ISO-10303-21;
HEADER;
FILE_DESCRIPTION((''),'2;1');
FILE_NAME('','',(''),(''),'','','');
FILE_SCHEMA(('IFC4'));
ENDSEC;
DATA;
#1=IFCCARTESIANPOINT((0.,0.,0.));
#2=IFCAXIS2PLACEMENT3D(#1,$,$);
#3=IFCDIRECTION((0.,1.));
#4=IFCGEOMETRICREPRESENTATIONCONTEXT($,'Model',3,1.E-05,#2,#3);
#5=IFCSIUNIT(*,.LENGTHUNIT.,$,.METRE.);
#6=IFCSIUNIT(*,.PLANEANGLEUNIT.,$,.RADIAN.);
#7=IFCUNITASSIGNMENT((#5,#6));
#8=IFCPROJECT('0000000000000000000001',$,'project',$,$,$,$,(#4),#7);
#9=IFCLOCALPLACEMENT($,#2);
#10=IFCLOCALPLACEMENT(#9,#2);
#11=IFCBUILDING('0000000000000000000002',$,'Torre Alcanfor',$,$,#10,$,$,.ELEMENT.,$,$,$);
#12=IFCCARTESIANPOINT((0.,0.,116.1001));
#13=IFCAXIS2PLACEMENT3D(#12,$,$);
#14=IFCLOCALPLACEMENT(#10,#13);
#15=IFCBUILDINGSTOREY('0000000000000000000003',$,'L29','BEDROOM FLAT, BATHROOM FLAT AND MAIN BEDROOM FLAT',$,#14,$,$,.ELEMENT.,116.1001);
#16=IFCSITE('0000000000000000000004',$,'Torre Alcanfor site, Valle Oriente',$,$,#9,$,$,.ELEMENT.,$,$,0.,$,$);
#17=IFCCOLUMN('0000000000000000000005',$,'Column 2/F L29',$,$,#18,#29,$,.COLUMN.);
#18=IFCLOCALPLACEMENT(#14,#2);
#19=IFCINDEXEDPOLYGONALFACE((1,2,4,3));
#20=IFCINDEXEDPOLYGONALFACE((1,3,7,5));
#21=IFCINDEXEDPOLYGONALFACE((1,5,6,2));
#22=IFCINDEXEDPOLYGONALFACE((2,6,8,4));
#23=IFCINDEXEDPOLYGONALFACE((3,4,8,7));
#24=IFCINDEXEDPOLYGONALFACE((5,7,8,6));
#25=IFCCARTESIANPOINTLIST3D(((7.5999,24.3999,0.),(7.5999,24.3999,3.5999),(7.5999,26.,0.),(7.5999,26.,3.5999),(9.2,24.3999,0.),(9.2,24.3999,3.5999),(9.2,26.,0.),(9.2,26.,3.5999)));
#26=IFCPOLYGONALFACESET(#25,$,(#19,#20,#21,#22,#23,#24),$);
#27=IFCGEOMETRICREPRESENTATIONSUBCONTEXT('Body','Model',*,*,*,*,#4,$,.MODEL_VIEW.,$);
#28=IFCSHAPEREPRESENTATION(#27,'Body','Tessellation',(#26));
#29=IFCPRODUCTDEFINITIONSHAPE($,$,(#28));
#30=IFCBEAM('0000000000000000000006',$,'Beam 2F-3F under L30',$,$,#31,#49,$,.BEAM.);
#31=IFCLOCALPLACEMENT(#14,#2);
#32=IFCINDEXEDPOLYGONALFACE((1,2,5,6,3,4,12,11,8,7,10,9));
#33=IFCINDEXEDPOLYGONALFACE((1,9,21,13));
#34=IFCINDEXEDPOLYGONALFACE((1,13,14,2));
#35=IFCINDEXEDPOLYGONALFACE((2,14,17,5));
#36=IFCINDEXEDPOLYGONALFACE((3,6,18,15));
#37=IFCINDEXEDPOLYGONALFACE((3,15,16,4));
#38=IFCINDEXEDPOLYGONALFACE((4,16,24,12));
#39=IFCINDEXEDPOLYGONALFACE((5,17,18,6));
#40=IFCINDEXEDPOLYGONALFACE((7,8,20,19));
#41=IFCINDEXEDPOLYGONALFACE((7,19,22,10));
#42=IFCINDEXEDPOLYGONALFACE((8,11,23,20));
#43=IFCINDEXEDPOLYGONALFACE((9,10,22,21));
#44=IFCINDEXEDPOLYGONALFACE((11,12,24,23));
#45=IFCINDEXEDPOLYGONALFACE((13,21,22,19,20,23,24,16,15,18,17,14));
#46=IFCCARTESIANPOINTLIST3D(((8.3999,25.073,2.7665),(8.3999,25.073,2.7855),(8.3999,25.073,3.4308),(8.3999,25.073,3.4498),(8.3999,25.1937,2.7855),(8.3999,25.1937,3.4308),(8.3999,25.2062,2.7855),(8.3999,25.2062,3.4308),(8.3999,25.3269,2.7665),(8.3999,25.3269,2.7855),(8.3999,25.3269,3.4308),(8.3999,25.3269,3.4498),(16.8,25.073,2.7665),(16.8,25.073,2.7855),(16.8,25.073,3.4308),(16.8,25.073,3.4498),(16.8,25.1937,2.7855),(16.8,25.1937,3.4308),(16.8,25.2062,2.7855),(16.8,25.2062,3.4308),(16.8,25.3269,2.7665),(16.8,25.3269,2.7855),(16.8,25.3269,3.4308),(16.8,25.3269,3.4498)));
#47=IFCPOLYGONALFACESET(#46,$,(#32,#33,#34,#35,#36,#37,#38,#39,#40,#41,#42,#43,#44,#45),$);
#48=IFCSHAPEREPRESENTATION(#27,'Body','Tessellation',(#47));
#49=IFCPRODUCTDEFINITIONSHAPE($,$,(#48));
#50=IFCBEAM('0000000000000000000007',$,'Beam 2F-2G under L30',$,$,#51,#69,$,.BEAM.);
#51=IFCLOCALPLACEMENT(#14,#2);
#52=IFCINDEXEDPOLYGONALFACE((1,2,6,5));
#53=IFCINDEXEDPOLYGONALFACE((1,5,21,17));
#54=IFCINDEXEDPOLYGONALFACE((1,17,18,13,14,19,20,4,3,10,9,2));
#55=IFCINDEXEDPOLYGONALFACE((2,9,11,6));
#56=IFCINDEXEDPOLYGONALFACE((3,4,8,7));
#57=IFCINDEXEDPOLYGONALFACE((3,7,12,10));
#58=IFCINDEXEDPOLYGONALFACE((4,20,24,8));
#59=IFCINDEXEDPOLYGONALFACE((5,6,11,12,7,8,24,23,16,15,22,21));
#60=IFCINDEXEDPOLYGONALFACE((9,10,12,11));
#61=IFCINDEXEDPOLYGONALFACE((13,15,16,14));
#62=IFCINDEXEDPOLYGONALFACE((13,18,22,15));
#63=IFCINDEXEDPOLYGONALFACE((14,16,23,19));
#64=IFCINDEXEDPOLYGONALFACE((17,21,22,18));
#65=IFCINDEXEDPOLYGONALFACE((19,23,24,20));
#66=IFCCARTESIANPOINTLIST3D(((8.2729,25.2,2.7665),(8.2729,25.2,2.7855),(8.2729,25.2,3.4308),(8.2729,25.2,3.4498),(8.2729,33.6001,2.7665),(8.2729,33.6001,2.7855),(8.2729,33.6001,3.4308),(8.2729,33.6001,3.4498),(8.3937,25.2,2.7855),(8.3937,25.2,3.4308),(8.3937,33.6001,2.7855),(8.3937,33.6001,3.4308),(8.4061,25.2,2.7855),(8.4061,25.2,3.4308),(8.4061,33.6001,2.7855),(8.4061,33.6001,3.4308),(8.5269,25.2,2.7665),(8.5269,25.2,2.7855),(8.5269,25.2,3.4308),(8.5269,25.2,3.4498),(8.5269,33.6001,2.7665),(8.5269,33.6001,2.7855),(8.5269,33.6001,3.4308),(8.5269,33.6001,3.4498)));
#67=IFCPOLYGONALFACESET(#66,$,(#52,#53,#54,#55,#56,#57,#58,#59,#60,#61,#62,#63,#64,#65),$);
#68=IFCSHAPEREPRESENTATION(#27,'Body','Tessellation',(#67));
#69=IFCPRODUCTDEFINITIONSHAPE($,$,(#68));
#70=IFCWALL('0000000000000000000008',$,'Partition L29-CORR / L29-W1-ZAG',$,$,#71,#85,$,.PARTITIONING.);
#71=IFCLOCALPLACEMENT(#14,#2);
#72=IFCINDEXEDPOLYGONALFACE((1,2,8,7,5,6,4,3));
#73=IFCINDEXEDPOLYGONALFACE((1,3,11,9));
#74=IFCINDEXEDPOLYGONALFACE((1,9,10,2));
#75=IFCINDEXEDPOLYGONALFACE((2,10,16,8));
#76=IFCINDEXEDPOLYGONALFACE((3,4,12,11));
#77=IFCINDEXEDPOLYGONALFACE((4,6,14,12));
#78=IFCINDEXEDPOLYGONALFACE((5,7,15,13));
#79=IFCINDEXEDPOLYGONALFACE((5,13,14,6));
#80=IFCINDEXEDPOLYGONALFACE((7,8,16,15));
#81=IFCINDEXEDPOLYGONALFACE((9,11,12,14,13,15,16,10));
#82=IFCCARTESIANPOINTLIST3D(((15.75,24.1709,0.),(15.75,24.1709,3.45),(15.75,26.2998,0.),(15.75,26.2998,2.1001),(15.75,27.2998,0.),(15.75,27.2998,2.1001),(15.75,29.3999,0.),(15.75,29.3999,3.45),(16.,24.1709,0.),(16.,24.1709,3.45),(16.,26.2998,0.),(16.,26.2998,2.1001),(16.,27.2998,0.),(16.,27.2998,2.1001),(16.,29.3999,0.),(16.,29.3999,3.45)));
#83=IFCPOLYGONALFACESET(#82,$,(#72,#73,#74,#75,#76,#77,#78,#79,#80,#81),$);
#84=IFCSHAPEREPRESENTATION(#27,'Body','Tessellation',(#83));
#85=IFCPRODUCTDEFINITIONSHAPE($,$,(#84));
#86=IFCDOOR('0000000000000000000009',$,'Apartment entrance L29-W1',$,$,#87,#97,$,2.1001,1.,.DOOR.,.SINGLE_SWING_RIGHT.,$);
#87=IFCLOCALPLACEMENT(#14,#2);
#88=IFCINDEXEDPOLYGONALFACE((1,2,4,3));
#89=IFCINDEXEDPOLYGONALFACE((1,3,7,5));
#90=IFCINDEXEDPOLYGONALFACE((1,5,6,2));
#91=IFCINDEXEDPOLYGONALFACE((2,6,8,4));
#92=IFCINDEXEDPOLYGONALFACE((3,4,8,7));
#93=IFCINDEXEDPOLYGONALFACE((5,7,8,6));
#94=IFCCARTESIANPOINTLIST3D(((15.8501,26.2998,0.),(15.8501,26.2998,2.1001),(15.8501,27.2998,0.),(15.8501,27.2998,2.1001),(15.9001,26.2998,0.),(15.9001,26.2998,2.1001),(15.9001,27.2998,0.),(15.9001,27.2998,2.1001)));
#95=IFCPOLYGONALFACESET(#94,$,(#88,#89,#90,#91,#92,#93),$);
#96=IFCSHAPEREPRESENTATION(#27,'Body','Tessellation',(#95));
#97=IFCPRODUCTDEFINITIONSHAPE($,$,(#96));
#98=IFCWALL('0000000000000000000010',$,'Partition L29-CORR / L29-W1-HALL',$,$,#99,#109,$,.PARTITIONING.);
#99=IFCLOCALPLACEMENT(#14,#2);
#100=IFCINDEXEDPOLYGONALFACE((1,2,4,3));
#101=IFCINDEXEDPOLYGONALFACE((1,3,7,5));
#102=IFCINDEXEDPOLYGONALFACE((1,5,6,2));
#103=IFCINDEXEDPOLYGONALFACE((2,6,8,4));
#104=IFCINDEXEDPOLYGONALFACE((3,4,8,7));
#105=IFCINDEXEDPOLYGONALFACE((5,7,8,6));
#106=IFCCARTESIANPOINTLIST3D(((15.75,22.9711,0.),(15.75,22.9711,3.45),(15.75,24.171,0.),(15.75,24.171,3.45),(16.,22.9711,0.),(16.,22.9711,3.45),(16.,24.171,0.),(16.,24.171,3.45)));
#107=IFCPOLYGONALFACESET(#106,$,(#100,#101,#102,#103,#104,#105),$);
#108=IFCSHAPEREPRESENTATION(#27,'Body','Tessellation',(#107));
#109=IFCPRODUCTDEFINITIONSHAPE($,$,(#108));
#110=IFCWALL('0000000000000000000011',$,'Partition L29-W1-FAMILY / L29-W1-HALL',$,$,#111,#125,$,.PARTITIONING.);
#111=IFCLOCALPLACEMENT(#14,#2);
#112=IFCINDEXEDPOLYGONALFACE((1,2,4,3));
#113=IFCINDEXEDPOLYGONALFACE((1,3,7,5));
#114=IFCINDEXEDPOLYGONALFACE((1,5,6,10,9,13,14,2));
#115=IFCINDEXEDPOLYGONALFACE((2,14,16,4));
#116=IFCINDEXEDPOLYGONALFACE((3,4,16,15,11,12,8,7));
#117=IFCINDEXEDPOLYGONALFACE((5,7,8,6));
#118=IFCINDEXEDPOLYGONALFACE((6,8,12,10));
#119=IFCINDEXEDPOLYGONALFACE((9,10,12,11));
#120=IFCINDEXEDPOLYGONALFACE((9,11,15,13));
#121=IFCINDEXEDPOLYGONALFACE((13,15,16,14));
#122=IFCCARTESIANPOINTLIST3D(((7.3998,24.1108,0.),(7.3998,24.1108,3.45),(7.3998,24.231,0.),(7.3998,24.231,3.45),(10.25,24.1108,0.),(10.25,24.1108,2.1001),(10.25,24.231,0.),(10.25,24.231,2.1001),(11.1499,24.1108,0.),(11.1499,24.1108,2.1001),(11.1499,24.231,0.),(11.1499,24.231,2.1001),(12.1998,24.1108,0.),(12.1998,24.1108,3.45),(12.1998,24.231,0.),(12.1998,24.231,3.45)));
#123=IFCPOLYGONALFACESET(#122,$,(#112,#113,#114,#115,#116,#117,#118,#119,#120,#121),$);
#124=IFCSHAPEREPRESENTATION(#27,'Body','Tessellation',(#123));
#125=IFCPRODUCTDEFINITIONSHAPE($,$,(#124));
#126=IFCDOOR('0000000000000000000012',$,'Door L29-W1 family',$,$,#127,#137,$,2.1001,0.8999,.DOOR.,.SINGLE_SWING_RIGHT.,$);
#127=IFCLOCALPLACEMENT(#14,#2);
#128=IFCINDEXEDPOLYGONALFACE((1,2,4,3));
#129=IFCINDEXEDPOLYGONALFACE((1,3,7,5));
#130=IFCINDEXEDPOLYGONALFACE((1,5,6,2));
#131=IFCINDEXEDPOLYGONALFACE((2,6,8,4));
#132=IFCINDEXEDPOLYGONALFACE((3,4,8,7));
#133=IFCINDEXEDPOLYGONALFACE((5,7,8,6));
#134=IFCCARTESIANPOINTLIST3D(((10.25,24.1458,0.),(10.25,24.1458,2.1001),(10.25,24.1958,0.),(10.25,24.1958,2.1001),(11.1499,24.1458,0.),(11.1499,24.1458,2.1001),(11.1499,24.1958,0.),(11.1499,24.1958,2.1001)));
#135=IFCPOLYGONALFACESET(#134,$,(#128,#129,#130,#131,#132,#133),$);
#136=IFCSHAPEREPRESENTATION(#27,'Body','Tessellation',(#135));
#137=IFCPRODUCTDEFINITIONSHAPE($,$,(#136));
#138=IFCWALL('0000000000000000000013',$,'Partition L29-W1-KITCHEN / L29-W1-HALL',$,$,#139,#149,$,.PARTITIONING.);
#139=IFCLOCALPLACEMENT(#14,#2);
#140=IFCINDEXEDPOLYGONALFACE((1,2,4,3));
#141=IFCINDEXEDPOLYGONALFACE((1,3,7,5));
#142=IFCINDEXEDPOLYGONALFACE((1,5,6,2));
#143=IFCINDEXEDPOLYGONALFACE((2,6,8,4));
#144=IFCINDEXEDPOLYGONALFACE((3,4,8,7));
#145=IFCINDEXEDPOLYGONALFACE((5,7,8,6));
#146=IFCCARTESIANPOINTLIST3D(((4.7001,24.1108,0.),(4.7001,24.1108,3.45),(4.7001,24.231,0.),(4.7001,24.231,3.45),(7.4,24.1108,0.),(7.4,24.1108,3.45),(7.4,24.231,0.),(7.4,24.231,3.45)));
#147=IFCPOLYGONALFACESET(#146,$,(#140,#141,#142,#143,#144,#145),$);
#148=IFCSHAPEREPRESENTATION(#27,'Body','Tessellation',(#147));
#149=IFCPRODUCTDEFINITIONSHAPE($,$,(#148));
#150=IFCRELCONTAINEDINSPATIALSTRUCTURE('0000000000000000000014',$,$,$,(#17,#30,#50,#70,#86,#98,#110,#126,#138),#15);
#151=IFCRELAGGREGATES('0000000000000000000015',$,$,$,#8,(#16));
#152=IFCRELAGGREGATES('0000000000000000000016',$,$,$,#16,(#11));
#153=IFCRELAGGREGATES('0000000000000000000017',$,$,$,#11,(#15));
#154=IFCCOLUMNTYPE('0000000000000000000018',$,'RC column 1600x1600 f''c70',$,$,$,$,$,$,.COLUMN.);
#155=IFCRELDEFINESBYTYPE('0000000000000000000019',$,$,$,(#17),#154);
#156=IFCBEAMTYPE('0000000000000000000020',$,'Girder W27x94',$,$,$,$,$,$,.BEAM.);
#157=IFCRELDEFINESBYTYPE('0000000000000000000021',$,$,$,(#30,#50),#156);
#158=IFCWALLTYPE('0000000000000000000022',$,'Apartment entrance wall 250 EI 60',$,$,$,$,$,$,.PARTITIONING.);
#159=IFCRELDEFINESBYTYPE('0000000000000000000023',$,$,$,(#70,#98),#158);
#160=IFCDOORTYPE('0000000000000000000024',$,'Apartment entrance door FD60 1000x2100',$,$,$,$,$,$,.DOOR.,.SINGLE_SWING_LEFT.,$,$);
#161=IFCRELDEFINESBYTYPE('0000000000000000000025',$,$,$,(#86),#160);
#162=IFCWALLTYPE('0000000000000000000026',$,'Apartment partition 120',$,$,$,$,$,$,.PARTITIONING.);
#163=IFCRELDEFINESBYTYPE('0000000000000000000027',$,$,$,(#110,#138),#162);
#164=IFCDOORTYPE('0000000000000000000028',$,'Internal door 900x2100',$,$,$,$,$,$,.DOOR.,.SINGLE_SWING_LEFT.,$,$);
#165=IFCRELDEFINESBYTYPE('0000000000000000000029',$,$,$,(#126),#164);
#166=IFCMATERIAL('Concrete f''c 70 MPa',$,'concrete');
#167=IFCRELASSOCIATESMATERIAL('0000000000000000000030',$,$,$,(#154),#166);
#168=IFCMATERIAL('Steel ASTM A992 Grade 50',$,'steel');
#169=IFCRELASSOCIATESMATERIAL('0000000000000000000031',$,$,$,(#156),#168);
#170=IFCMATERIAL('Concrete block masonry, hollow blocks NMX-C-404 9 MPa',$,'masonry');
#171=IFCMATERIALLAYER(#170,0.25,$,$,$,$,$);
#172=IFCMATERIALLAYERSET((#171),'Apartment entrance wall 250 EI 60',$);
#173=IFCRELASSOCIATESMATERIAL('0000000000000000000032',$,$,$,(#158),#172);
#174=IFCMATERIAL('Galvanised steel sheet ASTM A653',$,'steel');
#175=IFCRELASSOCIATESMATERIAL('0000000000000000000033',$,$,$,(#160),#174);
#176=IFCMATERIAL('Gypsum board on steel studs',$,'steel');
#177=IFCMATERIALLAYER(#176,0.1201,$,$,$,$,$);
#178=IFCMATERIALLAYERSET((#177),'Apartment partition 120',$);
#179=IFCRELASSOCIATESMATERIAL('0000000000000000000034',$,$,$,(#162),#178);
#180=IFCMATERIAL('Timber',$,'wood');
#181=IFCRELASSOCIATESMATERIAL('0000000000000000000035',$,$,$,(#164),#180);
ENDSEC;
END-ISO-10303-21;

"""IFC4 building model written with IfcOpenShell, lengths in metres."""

from ifc_helpers import new_model, si_unit, direction, frame, frame_2d, origin, origin_2d, place, context, subcontext, project, spatial, rectangle, i_section, extrude, material, layer, layer_set, material_profile, profile_set, type_object, element, fill, save


model = new_model("IFC4")

# Units and contexts
model_context = context("Model", 3, precision=1e-05, world=origin(), true_north=direction((0.0, 1.0)))
body_context = subcontext(model_context, "Body", "Model", "MODEL_VIEW")
ifc_project = project(units=[si_unit("LENGTHUNIT", "METRE"), si_unit("PLANEANGLEUNIT", "RADIAN")], contexts=[model_context])

# Site, building, storey
site_placement = place(None, origin())
site = spatial("IfcSite", under=ifc_project, at=site_placement, Name="Torre Alcanfor site, Valle Oriente", CompositionType="ELEMENT", RefElevation=0.0)
building_placement = place(site_placement, origin())
building = spatial("IfcBuilding", under=site, at=building_placement, Name="Torre Alcanfor", CompositionType="ELEMENT")
storey_placement = place(building_placement, frame((0.0, 0.0, 116.1001)))
storey = spatial("IfcBuildingStorey", under=building, at=storey_placement, Name="L29", Description="BEDROOM FLAT, BATHROOM FLAT AND MAIN BEDROOM FLAT", CompositionType="ELEMENT", Elevation=116.1001)

# Column
ifc_material_1 = material(Name="Concrete f'c 70 MPa", Category="concrete")
ifc_material_profile_1 = material_profile(ifc_material_1, rectangle(XDim=1.6001, YDim=1.6001, at=origin_2d()), Name="1600x1600")
ifc_profile_set_1 = profile_set([ifc_material_profile_1], Name="Concrete f'c 70 MPa")
column_type = type_object("IfcColumnType", Name="RC column 1600x1600 f'c70", PredefinedType="COLUMN", material=ifc_profile_set_1)
column_placement = place(storey_placement, frame((8.3999, 25.2, 0.0), z_axis=(0.0, 0.0, 1.0), x_axis=(1.0, 0.0, 0.0)))
element("IfcColumn", 1, at=column_placement, inside=storey, type_object=column_type, Name="Column 2/F L29", PredefinedType="COLUMN", context=body_context, shape_type="SweptSolid", body=[
    extrude(rectangle(XDim=1.6001, YDim=1.6001, at=origin_2d()), origin(), (0.0, 0.0, 1.0), 3.5999),
])

# Beams
ifc_material_2 = material(Name="Steel ASTM A992 Grade 50", Category="steel")
ifc_material_profile_2 = material_profile(ifc_material_2, i_section(OverallWidth=0.2539, OverallDepth=0.6833, WebThickness=0.0125, FlangeThickness=0.019, at=origin_2d()), Name="W27x94")
ifc_profile_set_2 = profile_set([ifc_material_profile_2], Name="Steel ASTM A992 Grade 50")
beam_type = type_object("IfcBeamType", Name="Girder W27x94", PredefinedType="BEAM", material=ifc_profile_set_2)
for number, where, z_axis, x_axis, name in (
    (2, (8.3999, 25.2, 3.1082), (1.0, 0.0, 0.0), (0.0, 1.0, 0.0), "Beam 2F-3F under L30"),
    (3, (8.3999, 25.2, 3.1082), (0.0, 1.0, 0.0), (-1.0, 0.0, 0.0), "Beam 2F-2G under L30"),
):
    element("IfcBeam", number, at=place(storey_placement, frame(where, z_axis=z_axis, x_axis=x_axis)), inside=storey, type_object=beam_type, Name=name, PredefinedType="BEAM", context=body_context, shape_type="SweptSolid", body=[
        extrude(i_section(OverallWidth=0.2539, OverallDepth=0.6833, WebThickness=0.0125, FlangeThickness=0.019, at=origin_2d()), origin(), (0.0, 0.0, 1.0), 8.4001),
    ])

# Wall, opening, door
ifc_material_3 = material(Name="Concrete block masonry, hollow blocks NMX-C-404 9 MPa", Category="masonry")
ifc_layer_1 = layer(ifc_material_3, 0.25)
ifc_layer_set_1 = layer_set([ifc_layer_1], Name="Apartment entrance wall 250 EI 60")
wall_type_1 = type_object("IfcWallType", Name="Apartment entrance wall 250 EI 60", PredefinedType="PARTITIONING", material=ifc_layer_set_1)
wall_1_placement = place(storey_placement, frame((15.875, 24.1709, 0.0), z_axis=(0.0, 0.0, 1.0), x_axis=(0.0, 1.0, 0.0)))
wall_1 = element("IfcWall", 4, at=wall_1_placement, inside=storey, type_object=wall_type_1, Name="Partition L29-CORR / L29-W1-ZAG", PredefinedType="PARTITIONING", context=body_context, shape_type="SweptSolid", body=[
    extrude(rectangle(XDim=5.229, YDim=0.25, at=frame_2d((2.6145, 0.0))), origin(), (0.0, 0.0, 1.0), 3.45),
])
opening_1_placement = place(wall_1_placement, frame((2.1289, 0.0, 0.0)))
opening_1 = element("IfcOpeningElement", 5, at=opening_1_placement, cuts=wall_1, PredefinedType="OPENING", context=body_context, shape_type="SweptSolid", body=[
    extrude(rectangle(XDim=1.0, YDim=2.1001, at=frame_2d((0.5, 1.05))), frame((0.0, 0.135, 0.0), z_axis=(0.0, -1.0, 0.0), x_axis=(1.0, 0.0, 0.0)), (0.0, 0.0, 1.0), 0.27),
])
ifc_material_4 = material(Name="Galvanised steel sheet ASTM A653", Category="steel")
door_type_1 = type_object("IfcDoorType", Name="Apartment entrance door FD60 1000x2100", OperationType="SINGLE_SWING_LEFT", PredefinedType="DOOR", material=ifc_material_4)
door_1_placement = place(opening_1_placement, origin())
door_1 = element("IfcDoor", 6, at=door_1_placement, inside=storey, type_object=door_type_1, Name="Apartment entrance L29-W1", OperationType="SINGLE_SWING_RIGHT", OverallHeight=2.1001, OverallWidth=1.0, PredefinedType="DOOR", context=body_context, shape_type="SweptSolid", body=[
    extrude(rectangle(XDim=1.0, YDim=2.1001, at=frame_2d((0.5, 1.05))), frame((0.0, 0.0249, 0.0), z_axis=(0.0, -1.0, 0.0), x_axis=(1.0, 0.0, 0.0)), (0.0, 0.0, 1.0), 0.05),
])
fill(opening_1, door_1)

# Wall
wall_2_placement = place(storey_placement, frame((15.875, 22.9709, 0.0), z_axis=(0.0, 0.0, 1.0), x_axis=(0.0, 1.0, 0.0)))
element("IfcWall", 7, at=wall_2_placement, inside=storey, type_object=wall_type_1, Name="Partition L29-CORR / L29-W1-HALL", PredefinedType="PARTITIONING", context=body_context, shape_type="SweptSolid", body=[
    extrude(rectangle(XDim=1.2, YDim=0.25, at=frame_2d((0.6001, 0.0))), origin(), (0.0, 0.0, 1.0), 3.45),
])

# Wall, opening, door
ifc_material_5 = material(Name="Gypsum board on steel studs", Category="steel")
ifc_layer_2 = layer(ifc_material_5, 0.1201)
ifc_layer_set_2 = layer_set([ifc_layer_2], Name="Apartment partition 120")
wall_type_2 = type_object("IfcWallType", Name="Apartment partition 120", PredefinedType="PARTITIONING", material=ifc_layer_set_2)
wall_3_placement = place(storey_placement, frame((7.3999, 24.1709, 0.0), z_axis=(0.0, 0.0, 1.0), x_axis=(1.0, 0.0, 0.0)))
wall_3 = element("IfcWall", 8, at=wall_3_placement, inside=storey, type_object=wall_type_2, Name="Partition L29-W1-FAMILY / L29-W1-HALL", PredefinedType="PARTITIONING", context=body_context, shape_type="SweptSolid", body=[
    extrude(rectangle(XDim=4.8, YDim=0.1201, at=frame_2d((2.3999, 0.0))), origin(), (0.0, 0.0, 1.0), 3.45),
])
opening_2_placement = place(wall_3_placement, frame((2.8501, 0.0, 0.0)))
opening_2 = element("IfcOpeningElement", 9, at=opening_2_placement, cuts=wall_3, PredefinedType="OPENING", context=body_context, shape_type="SweptSolid", body=[
    extrude(rectangle(XDim=0.8999, YDim=2.1001, at=frame_2d((0.45, 1.05))), frame((0.0, 0.0701, 0.0), z_axis=(0.0, -1.0, 0.0), x_axis=(1.0, 0.0, 0.0)), (0.0, 0.0, 1.0), 0.1401),
])
ifc_material_6 = material(Name="Timber", Category="wood")
door_type_2 = type_object("IfcDoorType", Name="Internal door 900x2100", OperationType="SINGLE_SWING_LEFT", PredefinedType="DOOR", material=ifc_material_6)
door_2_placement = place(opening_2_placement, origin())
door_2 = element("IfcDoor", 10, at=door_2_placement, inside=storey, type_object=door_type_2, Name="Door L29-W1 family", OperationType="SINGLE_SWING_RIGHT", OverallHeight=2.1001, OverallWidth=0.8999, PredefinedType="DOOR", context=body_context, shape_type="SweptSolid", body=[
    extrude(rectangle(XDim=0.8999, YDim=2.1001, at=frame_2d((0.45, 1.05))), frame((0.0, 0.0249, 0.0), z_axis=(0.0, -1.0, 0.0), x_axis=(1.0, 0.0, 0.0)), (0.0, 0.0, 1.0), 0.05),
])
fill(opening_2, door_2)

# Wall
wall_4_placement = place(storey_placement, frame((4.7, 24.1709, 0.0), z_axis=(0.0, 0.0, 1.0), x_axis=(1.0, 0.0, 0.0)))
element("IfcWall", 11, at=wall_4_placement, inside=storey, type_object=wall_type_2, Name="Partition L29-W1-KITCHEN / L29-W1-HALL", PredefinedType="PARTITIONING", context=body_context, shape_type="SweptSolid", body=[
    extrude(rectangle(XDim=2.7, YDim=0.1201, at=frame_2d((1.3501, 0.0))), origin(), (0.0, 0.0, 1.0), 3.45),
])

save(model, "model.ifc")
